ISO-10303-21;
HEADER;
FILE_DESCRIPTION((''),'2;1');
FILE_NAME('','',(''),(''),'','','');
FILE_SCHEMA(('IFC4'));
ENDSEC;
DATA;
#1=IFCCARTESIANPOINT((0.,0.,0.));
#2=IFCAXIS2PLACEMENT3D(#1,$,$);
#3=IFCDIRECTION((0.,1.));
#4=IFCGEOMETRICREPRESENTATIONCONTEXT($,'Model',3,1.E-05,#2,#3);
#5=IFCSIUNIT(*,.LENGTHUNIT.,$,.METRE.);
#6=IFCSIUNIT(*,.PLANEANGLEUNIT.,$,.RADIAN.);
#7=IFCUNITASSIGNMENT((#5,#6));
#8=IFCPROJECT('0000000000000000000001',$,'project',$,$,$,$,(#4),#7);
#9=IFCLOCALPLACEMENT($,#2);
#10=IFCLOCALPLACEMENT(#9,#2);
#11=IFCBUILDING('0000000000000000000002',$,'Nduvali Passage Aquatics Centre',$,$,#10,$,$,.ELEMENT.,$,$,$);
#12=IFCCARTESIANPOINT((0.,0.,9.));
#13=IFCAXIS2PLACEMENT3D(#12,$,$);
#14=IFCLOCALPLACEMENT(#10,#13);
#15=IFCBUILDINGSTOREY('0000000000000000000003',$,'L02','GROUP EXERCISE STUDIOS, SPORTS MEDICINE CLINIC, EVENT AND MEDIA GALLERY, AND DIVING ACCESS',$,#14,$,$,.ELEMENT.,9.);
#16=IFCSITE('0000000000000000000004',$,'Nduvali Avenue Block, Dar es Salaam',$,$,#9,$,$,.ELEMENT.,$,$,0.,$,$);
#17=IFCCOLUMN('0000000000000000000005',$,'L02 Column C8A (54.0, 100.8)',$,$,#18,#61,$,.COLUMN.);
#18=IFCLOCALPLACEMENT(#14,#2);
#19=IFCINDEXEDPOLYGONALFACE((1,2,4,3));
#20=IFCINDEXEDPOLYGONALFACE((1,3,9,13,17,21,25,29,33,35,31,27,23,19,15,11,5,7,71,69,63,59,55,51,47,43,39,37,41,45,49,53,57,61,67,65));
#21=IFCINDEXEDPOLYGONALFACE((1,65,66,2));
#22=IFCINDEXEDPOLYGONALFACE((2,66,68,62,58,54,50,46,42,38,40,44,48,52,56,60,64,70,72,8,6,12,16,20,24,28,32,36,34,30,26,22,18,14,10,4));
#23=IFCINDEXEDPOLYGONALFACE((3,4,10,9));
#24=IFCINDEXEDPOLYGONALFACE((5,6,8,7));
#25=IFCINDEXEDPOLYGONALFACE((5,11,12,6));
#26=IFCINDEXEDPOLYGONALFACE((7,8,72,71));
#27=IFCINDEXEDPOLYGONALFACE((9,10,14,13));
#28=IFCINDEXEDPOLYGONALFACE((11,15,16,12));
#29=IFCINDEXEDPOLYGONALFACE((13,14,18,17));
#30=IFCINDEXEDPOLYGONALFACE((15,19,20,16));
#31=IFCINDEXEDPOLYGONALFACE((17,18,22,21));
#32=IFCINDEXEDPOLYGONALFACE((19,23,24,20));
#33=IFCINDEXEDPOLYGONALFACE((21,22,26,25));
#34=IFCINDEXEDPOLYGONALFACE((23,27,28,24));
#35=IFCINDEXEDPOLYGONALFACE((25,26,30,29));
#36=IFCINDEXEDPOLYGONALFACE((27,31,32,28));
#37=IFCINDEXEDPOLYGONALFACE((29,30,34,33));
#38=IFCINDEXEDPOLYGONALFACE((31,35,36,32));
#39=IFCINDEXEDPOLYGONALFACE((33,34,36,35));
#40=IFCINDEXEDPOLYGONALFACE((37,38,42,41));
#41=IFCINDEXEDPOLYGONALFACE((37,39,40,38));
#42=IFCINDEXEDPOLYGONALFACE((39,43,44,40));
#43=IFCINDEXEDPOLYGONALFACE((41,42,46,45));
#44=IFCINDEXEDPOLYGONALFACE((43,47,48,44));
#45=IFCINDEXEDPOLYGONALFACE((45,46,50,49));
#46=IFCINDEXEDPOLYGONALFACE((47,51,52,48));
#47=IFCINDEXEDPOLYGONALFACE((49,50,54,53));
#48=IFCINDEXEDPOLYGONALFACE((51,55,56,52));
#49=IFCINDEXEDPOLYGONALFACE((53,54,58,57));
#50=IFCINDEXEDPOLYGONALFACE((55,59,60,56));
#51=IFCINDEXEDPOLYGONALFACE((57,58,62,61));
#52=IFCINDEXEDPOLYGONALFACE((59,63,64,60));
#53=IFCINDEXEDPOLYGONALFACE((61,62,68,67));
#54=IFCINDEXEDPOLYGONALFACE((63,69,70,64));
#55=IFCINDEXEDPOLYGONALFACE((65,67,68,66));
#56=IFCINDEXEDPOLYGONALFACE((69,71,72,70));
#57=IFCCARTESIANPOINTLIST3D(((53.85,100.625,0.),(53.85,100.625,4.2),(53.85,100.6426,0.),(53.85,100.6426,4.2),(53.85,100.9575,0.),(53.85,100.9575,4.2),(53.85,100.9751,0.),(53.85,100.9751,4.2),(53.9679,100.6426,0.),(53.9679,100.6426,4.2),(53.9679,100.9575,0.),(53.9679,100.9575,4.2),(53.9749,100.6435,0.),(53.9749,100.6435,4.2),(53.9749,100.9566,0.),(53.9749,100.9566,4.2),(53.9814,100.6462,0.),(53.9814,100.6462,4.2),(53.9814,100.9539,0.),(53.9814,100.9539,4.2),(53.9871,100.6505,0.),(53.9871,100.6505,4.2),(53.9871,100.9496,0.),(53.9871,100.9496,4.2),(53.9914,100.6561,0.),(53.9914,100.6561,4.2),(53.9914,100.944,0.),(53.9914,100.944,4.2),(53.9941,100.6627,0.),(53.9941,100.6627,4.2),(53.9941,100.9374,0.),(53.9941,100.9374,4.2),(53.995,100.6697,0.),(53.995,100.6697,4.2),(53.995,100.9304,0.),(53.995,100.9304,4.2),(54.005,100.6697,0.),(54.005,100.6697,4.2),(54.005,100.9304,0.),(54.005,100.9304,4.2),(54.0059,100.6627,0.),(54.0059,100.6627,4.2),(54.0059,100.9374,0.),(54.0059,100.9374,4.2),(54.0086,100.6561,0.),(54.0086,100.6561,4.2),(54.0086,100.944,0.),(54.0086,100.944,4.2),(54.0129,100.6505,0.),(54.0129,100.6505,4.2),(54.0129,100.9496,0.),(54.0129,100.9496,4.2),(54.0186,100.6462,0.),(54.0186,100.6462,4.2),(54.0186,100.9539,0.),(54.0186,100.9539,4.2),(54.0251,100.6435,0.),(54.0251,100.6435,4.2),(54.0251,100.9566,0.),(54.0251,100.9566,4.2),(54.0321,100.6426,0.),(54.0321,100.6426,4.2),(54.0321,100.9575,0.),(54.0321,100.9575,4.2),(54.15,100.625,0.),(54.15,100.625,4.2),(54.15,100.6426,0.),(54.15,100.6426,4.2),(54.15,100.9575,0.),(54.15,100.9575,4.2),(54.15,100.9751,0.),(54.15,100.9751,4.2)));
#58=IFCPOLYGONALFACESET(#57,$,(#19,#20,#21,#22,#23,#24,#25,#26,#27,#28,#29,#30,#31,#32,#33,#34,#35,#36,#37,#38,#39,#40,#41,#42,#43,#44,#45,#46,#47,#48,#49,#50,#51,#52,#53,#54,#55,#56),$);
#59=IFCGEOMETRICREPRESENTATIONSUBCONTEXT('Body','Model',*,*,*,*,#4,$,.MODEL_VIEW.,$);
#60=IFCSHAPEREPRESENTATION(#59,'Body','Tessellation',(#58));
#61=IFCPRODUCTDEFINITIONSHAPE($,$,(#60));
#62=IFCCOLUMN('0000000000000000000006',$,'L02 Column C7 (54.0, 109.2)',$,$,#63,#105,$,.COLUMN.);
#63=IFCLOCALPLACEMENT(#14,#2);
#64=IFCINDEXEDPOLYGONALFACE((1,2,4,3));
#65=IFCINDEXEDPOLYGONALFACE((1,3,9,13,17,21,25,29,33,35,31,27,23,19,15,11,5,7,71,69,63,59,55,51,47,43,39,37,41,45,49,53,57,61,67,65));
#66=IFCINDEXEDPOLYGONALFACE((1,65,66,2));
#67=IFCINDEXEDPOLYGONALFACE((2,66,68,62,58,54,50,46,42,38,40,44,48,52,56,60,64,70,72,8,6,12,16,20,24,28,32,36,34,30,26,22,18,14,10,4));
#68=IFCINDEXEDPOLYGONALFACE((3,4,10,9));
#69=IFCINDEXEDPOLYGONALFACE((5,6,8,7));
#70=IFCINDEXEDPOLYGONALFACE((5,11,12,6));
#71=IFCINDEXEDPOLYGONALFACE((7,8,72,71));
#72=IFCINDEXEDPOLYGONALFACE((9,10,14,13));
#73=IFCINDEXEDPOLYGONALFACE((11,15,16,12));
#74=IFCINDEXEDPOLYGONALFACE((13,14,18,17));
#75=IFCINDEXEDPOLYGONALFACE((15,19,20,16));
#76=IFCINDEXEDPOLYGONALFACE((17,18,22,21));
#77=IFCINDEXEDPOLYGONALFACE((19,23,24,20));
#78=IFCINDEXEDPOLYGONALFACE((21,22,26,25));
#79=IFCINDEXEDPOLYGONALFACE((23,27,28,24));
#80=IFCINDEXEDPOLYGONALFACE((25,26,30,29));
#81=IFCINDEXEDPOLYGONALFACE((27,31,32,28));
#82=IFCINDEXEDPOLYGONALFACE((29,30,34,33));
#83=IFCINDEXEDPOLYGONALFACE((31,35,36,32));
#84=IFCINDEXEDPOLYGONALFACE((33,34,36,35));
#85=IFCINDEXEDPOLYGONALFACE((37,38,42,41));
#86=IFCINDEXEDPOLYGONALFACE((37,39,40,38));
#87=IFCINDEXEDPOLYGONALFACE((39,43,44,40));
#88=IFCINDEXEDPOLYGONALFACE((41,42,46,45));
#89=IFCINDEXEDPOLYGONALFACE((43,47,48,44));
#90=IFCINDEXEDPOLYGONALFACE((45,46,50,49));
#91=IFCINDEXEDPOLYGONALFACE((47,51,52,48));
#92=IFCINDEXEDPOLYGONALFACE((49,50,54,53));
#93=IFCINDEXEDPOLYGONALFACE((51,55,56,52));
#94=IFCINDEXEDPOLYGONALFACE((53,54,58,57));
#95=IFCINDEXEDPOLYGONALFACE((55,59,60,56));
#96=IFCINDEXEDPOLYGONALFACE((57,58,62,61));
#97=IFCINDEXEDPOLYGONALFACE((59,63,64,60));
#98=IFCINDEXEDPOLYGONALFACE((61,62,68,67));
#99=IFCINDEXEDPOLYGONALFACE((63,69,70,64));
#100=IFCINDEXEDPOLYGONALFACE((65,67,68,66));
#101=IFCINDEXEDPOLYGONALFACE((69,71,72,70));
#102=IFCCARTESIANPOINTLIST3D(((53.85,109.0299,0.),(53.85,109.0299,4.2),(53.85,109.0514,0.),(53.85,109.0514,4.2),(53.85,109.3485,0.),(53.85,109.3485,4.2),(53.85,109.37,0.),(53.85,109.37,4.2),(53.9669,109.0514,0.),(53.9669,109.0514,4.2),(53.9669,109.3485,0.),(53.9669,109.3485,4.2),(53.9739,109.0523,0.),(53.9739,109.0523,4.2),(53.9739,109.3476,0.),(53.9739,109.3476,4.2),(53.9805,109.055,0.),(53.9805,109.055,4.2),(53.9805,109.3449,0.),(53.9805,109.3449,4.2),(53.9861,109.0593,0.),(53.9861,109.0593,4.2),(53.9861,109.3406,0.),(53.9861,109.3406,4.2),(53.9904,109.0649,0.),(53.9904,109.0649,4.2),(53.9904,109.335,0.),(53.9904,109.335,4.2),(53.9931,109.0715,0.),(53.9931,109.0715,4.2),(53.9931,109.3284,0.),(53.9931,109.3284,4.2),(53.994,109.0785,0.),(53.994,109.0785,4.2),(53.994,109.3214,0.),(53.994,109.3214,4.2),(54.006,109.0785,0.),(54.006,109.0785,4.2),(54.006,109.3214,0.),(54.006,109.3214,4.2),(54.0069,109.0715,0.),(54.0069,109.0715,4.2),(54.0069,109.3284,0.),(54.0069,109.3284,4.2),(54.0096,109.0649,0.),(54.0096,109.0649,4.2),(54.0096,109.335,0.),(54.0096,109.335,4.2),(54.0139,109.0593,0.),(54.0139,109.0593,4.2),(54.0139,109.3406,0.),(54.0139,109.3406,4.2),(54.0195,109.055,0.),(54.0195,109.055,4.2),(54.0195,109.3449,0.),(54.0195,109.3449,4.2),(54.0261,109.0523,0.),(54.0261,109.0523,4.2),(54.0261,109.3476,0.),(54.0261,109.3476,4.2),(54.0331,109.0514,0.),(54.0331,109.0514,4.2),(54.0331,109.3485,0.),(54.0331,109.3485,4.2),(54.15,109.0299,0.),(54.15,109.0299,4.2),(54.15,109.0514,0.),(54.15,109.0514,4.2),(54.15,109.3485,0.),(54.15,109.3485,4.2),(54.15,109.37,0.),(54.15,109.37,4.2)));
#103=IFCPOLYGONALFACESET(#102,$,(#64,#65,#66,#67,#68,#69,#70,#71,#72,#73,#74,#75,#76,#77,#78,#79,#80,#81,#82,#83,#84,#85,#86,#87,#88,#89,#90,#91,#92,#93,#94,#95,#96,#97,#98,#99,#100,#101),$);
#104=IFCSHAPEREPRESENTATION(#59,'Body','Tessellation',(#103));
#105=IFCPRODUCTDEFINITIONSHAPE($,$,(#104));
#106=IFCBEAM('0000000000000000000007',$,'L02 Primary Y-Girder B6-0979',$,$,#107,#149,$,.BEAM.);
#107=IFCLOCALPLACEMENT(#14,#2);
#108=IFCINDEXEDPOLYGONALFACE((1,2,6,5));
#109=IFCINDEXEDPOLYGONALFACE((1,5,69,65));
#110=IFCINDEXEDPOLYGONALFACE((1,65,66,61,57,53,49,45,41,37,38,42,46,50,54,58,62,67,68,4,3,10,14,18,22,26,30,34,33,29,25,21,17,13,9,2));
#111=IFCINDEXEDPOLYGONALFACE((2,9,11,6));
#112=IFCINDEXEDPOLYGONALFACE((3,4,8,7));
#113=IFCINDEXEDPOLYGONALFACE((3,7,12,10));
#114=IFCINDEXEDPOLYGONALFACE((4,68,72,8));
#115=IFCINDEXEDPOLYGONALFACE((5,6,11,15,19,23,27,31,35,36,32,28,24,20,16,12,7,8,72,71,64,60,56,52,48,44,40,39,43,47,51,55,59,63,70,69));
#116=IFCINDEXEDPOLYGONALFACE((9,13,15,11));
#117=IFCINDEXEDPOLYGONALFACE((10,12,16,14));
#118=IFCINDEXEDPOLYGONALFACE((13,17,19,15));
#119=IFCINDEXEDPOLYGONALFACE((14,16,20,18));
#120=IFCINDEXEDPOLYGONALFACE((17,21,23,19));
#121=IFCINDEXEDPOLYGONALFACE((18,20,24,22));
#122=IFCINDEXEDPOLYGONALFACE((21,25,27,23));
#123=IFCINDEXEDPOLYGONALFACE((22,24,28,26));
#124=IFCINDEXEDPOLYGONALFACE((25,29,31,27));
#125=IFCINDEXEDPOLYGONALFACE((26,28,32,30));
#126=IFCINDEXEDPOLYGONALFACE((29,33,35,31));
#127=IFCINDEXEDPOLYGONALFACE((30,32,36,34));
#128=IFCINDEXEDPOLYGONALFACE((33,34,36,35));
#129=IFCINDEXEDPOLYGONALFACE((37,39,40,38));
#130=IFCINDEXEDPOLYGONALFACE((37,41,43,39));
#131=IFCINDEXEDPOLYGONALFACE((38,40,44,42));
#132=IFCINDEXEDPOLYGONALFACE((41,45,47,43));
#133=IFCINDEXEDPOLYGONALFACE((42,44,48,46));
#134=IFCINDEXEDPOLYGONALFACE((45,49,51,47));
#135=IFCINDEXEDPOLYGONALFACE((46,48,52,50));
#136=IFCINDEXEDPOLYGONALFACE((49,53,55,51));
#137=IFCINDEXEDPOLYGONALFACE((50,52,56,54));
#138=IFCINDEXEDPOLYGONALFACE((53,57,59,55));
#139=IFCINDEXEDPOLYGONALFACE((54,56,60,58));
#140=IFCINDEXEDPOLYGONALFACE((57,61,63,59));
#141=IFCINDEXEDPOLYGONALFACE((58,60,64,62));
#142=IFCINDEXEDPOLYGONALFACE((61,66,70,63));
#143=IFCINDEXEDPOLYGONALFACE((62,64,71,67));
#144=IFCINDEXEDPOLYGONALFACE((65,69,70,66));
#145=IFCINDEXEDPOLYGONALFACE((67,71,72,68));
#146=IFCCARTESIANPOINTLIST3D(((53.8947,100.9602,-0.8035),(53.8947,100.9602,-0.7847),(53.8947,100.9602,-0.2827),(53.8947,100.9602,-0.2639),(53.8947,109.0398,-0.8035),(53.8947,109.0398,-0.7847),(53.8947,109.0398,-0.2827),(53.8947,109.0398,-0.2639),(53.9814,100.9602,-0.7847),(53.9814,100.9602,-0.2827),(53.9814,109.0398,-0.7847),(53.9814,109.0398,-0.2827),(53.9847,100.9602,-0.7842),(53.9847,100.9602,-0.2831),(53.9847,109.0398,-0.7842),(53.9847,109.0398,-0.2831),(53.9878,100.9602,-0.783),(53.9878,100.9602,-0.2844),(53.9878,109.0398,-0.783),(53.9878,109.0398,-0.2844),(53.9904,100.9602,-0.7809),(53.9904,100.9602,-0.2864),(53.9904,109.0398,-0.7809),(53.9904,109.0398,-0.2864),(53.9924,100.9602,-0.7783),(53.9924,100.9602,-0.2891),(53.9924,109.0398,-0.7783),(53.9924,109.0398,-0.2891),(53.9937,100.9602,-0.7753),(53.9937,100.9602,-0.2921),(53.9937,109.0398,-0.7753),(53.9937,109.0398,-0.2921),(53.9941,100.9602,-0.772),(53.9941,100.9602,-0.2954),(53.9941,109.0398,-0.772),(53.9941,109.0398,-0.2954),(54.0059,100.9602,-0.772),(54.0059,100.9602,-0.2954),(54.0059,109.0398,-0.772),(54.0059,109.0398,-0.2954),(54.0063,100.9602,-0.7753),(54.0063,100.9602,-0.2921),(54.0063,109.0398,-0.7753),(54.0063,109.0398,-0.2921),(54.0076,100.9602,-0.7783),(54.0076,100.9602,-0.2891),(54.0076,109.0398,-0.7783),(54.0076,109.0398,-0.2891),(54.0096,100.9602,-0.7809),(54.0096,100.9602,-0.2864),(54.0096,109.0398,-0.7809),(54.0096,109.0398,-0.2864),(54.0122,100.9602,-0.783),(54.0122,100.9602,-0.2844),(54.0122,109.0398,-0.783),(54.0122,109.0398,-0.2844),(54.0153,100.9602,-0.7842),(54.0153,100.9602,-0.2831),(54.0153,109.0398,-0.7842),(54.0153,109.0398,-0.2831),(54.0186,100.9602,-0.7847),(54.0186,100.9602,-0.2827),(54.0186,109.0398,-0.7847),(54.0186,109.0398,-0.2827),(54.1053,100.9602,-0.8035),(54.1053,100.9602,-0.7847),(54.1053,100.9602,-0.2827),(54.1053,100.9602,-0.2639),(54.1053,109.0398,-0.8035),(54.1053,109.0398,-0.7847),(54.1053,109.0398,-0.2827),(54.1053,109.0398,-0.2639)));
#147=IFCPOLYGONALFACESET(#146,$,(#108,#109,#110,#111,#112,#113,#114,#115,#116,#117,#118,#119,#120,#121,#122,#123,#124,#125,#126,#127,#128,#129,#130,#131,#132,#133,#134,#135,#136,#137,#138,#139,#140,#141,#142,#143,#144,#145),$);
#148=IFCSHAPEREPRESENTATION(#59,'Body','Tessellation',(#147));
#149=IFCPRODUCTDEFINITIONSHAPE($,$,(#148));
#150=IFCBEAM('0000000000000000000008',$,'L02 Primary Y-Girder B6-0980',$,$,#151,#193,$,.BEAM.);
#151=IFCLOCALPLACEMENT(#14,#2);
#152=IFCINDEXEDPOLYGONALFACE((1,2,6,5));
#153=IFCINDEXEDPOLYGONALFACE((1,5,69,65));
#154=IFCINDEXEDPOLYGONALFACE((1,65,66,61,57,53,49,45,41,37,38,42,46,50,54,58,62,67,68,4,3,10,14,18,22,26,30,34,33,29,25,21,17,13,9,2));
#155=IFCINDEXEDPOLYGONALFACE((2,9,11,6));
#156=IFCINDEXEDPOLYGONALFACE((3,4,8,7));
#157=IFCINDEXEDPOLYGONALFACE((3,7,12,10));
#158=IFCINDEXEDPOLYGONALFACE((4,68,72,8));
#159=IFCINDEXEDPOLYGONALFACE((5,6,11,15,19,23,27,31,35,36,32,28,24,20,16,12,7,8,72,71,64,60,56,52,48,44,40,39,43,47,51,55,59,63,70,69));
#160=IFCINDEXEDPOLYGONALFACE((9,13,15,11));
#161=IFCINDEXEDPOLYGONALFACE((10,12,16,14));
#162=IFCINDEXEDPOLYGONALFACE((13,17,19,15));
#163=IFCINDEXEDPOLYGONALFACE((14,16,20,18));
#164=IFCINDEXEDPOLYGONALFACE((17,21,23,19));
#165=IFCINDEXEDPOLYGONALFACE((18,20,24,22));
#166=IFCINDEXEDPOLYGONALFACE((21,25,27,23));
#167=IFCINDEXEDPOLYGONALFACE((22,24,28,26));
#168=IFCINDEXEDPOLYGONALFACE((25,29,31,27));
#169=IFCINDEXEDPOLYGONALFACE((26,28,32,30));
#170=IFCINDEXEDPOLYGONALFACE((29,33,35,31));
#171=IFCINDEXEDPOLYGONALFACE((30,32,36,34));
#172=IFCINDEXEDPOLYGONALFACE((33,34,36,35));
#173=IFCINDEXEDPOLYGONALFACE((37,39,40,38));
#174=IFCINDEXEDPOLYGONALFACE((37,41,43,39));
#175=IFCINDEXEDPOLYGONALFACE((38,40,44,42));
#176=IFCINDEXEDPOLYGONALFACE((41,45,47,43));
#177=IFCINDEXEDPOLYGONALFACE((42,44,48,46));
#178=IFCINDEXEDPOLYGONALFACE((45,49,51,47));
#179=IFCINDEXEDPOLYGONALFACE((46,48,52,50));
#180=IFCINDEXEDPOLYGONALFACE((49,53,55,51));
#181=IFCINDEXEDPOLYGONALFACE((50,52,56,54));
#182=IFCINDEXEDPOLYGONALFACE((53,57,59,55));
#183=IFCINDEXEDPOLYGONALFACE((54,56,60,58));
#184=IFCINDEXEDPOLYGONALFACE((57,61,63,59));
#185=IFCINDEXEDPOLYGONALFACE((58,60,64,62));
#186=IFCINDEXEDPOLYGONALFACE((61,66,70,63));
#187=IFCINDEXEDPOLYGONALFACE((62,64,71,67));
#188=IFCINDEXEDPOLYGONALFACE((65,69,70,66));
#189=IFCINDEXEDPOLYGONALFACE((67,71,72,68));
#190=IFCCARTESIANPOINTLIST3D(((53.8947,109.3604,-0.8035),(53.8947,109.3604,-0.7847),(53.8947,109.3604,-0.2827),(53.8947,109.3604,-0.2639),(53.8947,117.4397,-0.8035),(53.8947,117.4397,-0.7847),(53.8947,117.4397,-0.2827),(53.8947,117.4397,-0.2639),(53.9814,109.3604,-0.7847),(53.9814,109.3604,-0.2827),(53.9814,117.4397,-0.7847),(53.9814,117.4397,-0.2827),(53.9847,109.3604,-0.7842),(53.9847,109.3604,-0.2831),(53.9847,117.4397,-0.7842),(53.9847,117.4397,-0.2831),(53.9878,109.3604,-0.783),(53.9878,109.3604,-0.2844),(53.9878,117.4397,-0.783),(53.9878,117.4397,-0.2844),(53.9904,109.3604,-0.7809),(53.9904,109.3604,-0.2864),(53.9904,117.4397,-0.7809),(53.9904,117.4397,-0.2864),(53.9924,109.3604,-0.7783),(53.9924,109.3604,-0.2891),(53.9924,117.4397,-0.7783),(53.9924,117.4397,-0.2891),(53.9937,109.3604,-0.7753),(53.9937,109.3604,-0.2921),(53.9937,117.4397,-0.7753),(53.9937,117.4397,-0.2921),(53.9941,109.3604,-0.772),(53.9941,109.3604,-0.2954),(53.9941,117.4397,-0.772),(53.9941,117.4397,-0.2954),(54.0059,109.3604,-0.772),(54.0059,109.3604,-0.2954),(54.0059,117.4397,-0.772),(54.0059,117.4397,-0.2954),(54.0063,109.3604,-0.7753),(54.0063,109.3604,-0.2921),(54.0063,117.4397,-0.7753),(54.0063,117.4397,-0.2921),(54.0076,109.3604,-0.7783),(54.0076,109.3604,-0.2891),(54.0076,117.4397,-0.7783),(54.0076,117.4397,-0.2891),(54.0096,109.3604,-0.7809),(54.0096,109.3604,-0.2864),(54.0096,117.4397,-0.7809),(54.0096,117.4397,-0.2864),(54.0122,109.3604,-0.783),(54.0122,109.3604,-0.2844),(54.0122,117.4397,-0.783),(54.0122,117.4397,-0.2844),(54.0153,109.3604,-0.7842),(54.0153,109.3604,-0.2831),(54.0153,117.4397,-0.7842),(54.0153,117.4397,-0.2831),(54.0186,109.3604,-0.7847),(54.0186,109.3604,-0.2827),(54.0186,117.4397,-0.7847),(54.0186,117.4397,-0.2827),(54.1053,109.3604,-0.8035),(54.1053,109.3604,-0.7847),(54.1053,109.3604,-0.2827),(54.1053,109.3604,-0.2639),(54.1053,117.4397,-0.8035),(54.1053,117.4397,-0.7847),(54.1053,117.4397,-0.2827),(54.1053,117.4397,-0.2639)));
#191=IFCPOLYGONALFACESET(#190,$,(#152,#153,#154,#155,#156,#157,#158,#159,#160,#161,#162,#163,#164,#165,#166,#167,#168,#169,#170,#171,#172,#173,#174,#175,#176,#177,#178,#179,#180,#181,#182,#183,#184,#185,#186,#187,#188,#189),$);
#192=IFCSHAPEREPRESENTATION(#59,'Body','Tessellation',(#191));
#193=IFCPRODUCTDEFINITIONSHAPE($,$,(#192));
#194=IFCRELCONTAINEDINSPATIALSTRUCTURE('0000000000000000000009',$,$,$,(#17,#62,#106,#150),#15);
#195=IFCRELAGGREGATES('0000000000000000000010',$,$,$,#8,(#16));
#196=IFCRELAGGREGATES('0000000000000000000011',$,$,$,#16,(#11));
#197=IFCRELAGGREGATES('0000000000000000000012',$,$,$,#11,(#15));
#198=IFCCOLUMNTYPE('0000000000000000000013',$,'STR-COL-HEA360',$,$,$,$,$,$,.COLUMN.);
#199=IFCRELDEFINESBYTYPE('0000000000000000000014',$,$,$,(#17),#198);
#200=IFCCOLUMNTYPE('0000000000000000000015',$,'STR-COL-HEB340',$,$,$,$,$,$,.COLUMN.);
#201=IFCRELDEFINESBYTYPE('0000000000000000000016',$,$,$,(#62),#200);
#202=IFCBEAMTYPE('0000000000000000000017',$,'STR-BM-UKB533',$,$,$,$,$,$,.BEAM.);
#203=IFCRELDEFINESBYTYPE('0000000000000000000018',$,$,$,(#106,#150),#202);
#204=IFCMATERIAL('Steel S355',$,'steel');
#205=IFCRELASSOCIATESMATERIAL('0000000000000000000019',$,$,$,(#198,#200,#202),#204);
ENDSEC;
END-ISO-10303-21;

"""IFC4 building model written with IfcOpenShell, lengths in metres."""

from ifc_helpers import new_model, si_unit, direction, frame, origin, origin_2d, place, context, subcontext, project, spatial, i_section, extrude, material, material_profile, profile_set, type_object, element, save


model = new_model("IFC4")

# Units and contexts
model_context = context("Model", 3, precision=1e-05, world=origin(), true_north=direction((0.0, 1.0)))
body_context = subcontext(model_context, "Body", "Model", "MODEL_VIEW")
ifc_project = project(units=[si_unit("LENGTHUNIT", "METRE"), si_unit("PLANEANGLEUNIT", "RADIAN")], contexts=[model_context])

# Site, building, storey
site_placement = place(None, origin())
site = spatial("IfcSite", under=ifc_project, at=site_placement, Name="Nduvali Avenue Block, Dar es Salaam", CompositionType="ELEMENT", RefElevation=0.0)
building_placement = place(site_placement, origin())
building = spatial("IfcBuilding", under=site, at=building_placement, Name="Nduvali Passage Aquatics Centre", CompositionType="ELEMENT")
storey_placement = place(building_placement, frame((0.0, 0.0, 9.0)))
storey = spatial("IfcBuildingStorey", under=building, at=storey_placement, Name="L02", Description="GROUP EXERCISE STUDIOS, SPORTS MEDICINE CLINIC, EVENT AND MEDIA GALLERY, AND DIVING ACCESS", CompositionType="ELEMENT", Elevation=9.0)

# Columns
ifc_material_1 = material(Name="Steel S355", Category="steel")
ifc_material_profile_1 = material_profile(ifc_material_1, i_section(OverallWidth=0.3, OverallDepth=0.3501, WebThickness=0.01, FlangeThickness=0.0176, FilletRadius=0.0271, at=origin_2d()), Name="HEA 360")
ifc_profile_set_1 = profile_set([ifc_material_profile_1], Name="Steel S355")
column_type_1 = type_object("IfcColumnType", Name="STR-COL-HEA360", PredefinedType="COLUMN", material=ifc_profile_set_1)
column_1_placement = place(storey_placement, frame((54.0, 100.8, 0.0), z_axis=(0.0, 0.0, 1.0), x_axis=(1.0, 0.0, 0.0)))
element("IfcColumn", 1, at=column_1_placement, inside=storey, type_object=column_type_1, Name="L02 Column C8A (54.0, 100.8)", PredefinedType="COLUMN", context=body_context, shape_type="SweptSolid", body=[
    extrude(i_section(OverallWidth=0.3, OverallDepth=0.3501, WebThickness=0.01, FlangeThickness=0.0176, FilletRadius=0.0271, at=origin_2d()), origin(), (0.0, 0.0, 1.0), 4.2),
])
ifc_material_profile_2 = material_profile(ifc_material_1, i_section(OverallWidth=0.3, OverallDepth=0.3401, WebThickness=0.012, FlangeThickness=0.0215, FilletRadius=0.0271, at=origin_2d()), Name="HEB 340")
ifc_profile_set_2 = profile_set([ifc_material_profile_2], Name="Steel S355")
column_type_2 = type_object("IfcColumnType", Name="STR-COL-HEB340", PredefinedType="COLUMN", material=ifc_profile_set_2)
column_2_placement = place(storey_placement, frame((54.0, 109.2, 0.0), z_axis=(0.0, 0.0, 1.0), x_axis=(1.0, 0.0, 0.0)))
element("IfcColumn", 2, at=column_2_placement, inside=storey, type_object=column_type_2, Name="L02 Column C7 (54.0, 109.2)", PredefinedType="COLUMN", context=body_context, shape_type="SweptSolid", body=[
    extrude(i_section(OverallWidth=0.3, OverallDepth=0.3401, WebThickness=0.012, FlangeThickness=0.0215, FilletRadius=0.0271, at=origin_2d()), origin(), (0.0, 0.0, 1.0), 4.2),
])

# Beams
ifc_material_profile_3 = material_profile(ifc_material_1, i_section(OverallWidth=0.2107, OverallDepth=0.5396, WebThickness=0.0117, FlangeThickness=0.0188, FilletRadius=0.0127, at=origin_2d()), Name="UKB 533x210x109")
ifc_profile_set_3 = profile_set([ifc_material_profile_3], Name="Steel S355")
beam_type_1 = type_object("IfcBeamType", Name="STR-BM-UKB533", PredefinedType="BEAM", material=ifc_profile_set_3)
beam_1_placement = place(storey_placement, frame((54.0, 100.9602, -0.5337), z_axis=(0.0, 1.0, 0.0), x_axis=(-1.0, 0.0, 0.0)))
element("IfcBeam", 3, at=beam_1_placement, inside=storey, type_object=beam_type_1, Name="L02 Primary Y-Girder B6-0979", PredefinedType="BEAM", context=body_context, shape_type="SweptSolid", body=[
    extrude(i_section(OverallWidth=0.2107, OverallDepth=0.5396, WebThickness=0.0117, FlangeThickness=0.0188, FilletRadius=0.0127, at=origin_2d()), origin(), (0.0, 0.0, 1.0), 8.0796),
])
beam_2_placement = place(storey_placement, frame((54.0, 109.3604, -0.5337), z_axis=(0.0, 1.0, 0.0), x_axis=(-1.0, 0.0, 0.0)))
element("IfcBeam", 4, at=beam_2_placement, inside=storey, type_object=beam_type_1, Name="L02 Primary Y-Girder B6-0980", PredefinedType="BEAM", context=body_context, shape_type="SweptSolid", body=[
    extrude(i_section(OverallWidth=0.2107, OverallDepth=0.5396, WebThickness=0.0117, FlangeThickness=0.0188, FilletRadius=0.0127, at=origin_2d()), origin(), (0.0, 0.0, 1.0), 8.0793),
])

save(model, "model.ifc")
